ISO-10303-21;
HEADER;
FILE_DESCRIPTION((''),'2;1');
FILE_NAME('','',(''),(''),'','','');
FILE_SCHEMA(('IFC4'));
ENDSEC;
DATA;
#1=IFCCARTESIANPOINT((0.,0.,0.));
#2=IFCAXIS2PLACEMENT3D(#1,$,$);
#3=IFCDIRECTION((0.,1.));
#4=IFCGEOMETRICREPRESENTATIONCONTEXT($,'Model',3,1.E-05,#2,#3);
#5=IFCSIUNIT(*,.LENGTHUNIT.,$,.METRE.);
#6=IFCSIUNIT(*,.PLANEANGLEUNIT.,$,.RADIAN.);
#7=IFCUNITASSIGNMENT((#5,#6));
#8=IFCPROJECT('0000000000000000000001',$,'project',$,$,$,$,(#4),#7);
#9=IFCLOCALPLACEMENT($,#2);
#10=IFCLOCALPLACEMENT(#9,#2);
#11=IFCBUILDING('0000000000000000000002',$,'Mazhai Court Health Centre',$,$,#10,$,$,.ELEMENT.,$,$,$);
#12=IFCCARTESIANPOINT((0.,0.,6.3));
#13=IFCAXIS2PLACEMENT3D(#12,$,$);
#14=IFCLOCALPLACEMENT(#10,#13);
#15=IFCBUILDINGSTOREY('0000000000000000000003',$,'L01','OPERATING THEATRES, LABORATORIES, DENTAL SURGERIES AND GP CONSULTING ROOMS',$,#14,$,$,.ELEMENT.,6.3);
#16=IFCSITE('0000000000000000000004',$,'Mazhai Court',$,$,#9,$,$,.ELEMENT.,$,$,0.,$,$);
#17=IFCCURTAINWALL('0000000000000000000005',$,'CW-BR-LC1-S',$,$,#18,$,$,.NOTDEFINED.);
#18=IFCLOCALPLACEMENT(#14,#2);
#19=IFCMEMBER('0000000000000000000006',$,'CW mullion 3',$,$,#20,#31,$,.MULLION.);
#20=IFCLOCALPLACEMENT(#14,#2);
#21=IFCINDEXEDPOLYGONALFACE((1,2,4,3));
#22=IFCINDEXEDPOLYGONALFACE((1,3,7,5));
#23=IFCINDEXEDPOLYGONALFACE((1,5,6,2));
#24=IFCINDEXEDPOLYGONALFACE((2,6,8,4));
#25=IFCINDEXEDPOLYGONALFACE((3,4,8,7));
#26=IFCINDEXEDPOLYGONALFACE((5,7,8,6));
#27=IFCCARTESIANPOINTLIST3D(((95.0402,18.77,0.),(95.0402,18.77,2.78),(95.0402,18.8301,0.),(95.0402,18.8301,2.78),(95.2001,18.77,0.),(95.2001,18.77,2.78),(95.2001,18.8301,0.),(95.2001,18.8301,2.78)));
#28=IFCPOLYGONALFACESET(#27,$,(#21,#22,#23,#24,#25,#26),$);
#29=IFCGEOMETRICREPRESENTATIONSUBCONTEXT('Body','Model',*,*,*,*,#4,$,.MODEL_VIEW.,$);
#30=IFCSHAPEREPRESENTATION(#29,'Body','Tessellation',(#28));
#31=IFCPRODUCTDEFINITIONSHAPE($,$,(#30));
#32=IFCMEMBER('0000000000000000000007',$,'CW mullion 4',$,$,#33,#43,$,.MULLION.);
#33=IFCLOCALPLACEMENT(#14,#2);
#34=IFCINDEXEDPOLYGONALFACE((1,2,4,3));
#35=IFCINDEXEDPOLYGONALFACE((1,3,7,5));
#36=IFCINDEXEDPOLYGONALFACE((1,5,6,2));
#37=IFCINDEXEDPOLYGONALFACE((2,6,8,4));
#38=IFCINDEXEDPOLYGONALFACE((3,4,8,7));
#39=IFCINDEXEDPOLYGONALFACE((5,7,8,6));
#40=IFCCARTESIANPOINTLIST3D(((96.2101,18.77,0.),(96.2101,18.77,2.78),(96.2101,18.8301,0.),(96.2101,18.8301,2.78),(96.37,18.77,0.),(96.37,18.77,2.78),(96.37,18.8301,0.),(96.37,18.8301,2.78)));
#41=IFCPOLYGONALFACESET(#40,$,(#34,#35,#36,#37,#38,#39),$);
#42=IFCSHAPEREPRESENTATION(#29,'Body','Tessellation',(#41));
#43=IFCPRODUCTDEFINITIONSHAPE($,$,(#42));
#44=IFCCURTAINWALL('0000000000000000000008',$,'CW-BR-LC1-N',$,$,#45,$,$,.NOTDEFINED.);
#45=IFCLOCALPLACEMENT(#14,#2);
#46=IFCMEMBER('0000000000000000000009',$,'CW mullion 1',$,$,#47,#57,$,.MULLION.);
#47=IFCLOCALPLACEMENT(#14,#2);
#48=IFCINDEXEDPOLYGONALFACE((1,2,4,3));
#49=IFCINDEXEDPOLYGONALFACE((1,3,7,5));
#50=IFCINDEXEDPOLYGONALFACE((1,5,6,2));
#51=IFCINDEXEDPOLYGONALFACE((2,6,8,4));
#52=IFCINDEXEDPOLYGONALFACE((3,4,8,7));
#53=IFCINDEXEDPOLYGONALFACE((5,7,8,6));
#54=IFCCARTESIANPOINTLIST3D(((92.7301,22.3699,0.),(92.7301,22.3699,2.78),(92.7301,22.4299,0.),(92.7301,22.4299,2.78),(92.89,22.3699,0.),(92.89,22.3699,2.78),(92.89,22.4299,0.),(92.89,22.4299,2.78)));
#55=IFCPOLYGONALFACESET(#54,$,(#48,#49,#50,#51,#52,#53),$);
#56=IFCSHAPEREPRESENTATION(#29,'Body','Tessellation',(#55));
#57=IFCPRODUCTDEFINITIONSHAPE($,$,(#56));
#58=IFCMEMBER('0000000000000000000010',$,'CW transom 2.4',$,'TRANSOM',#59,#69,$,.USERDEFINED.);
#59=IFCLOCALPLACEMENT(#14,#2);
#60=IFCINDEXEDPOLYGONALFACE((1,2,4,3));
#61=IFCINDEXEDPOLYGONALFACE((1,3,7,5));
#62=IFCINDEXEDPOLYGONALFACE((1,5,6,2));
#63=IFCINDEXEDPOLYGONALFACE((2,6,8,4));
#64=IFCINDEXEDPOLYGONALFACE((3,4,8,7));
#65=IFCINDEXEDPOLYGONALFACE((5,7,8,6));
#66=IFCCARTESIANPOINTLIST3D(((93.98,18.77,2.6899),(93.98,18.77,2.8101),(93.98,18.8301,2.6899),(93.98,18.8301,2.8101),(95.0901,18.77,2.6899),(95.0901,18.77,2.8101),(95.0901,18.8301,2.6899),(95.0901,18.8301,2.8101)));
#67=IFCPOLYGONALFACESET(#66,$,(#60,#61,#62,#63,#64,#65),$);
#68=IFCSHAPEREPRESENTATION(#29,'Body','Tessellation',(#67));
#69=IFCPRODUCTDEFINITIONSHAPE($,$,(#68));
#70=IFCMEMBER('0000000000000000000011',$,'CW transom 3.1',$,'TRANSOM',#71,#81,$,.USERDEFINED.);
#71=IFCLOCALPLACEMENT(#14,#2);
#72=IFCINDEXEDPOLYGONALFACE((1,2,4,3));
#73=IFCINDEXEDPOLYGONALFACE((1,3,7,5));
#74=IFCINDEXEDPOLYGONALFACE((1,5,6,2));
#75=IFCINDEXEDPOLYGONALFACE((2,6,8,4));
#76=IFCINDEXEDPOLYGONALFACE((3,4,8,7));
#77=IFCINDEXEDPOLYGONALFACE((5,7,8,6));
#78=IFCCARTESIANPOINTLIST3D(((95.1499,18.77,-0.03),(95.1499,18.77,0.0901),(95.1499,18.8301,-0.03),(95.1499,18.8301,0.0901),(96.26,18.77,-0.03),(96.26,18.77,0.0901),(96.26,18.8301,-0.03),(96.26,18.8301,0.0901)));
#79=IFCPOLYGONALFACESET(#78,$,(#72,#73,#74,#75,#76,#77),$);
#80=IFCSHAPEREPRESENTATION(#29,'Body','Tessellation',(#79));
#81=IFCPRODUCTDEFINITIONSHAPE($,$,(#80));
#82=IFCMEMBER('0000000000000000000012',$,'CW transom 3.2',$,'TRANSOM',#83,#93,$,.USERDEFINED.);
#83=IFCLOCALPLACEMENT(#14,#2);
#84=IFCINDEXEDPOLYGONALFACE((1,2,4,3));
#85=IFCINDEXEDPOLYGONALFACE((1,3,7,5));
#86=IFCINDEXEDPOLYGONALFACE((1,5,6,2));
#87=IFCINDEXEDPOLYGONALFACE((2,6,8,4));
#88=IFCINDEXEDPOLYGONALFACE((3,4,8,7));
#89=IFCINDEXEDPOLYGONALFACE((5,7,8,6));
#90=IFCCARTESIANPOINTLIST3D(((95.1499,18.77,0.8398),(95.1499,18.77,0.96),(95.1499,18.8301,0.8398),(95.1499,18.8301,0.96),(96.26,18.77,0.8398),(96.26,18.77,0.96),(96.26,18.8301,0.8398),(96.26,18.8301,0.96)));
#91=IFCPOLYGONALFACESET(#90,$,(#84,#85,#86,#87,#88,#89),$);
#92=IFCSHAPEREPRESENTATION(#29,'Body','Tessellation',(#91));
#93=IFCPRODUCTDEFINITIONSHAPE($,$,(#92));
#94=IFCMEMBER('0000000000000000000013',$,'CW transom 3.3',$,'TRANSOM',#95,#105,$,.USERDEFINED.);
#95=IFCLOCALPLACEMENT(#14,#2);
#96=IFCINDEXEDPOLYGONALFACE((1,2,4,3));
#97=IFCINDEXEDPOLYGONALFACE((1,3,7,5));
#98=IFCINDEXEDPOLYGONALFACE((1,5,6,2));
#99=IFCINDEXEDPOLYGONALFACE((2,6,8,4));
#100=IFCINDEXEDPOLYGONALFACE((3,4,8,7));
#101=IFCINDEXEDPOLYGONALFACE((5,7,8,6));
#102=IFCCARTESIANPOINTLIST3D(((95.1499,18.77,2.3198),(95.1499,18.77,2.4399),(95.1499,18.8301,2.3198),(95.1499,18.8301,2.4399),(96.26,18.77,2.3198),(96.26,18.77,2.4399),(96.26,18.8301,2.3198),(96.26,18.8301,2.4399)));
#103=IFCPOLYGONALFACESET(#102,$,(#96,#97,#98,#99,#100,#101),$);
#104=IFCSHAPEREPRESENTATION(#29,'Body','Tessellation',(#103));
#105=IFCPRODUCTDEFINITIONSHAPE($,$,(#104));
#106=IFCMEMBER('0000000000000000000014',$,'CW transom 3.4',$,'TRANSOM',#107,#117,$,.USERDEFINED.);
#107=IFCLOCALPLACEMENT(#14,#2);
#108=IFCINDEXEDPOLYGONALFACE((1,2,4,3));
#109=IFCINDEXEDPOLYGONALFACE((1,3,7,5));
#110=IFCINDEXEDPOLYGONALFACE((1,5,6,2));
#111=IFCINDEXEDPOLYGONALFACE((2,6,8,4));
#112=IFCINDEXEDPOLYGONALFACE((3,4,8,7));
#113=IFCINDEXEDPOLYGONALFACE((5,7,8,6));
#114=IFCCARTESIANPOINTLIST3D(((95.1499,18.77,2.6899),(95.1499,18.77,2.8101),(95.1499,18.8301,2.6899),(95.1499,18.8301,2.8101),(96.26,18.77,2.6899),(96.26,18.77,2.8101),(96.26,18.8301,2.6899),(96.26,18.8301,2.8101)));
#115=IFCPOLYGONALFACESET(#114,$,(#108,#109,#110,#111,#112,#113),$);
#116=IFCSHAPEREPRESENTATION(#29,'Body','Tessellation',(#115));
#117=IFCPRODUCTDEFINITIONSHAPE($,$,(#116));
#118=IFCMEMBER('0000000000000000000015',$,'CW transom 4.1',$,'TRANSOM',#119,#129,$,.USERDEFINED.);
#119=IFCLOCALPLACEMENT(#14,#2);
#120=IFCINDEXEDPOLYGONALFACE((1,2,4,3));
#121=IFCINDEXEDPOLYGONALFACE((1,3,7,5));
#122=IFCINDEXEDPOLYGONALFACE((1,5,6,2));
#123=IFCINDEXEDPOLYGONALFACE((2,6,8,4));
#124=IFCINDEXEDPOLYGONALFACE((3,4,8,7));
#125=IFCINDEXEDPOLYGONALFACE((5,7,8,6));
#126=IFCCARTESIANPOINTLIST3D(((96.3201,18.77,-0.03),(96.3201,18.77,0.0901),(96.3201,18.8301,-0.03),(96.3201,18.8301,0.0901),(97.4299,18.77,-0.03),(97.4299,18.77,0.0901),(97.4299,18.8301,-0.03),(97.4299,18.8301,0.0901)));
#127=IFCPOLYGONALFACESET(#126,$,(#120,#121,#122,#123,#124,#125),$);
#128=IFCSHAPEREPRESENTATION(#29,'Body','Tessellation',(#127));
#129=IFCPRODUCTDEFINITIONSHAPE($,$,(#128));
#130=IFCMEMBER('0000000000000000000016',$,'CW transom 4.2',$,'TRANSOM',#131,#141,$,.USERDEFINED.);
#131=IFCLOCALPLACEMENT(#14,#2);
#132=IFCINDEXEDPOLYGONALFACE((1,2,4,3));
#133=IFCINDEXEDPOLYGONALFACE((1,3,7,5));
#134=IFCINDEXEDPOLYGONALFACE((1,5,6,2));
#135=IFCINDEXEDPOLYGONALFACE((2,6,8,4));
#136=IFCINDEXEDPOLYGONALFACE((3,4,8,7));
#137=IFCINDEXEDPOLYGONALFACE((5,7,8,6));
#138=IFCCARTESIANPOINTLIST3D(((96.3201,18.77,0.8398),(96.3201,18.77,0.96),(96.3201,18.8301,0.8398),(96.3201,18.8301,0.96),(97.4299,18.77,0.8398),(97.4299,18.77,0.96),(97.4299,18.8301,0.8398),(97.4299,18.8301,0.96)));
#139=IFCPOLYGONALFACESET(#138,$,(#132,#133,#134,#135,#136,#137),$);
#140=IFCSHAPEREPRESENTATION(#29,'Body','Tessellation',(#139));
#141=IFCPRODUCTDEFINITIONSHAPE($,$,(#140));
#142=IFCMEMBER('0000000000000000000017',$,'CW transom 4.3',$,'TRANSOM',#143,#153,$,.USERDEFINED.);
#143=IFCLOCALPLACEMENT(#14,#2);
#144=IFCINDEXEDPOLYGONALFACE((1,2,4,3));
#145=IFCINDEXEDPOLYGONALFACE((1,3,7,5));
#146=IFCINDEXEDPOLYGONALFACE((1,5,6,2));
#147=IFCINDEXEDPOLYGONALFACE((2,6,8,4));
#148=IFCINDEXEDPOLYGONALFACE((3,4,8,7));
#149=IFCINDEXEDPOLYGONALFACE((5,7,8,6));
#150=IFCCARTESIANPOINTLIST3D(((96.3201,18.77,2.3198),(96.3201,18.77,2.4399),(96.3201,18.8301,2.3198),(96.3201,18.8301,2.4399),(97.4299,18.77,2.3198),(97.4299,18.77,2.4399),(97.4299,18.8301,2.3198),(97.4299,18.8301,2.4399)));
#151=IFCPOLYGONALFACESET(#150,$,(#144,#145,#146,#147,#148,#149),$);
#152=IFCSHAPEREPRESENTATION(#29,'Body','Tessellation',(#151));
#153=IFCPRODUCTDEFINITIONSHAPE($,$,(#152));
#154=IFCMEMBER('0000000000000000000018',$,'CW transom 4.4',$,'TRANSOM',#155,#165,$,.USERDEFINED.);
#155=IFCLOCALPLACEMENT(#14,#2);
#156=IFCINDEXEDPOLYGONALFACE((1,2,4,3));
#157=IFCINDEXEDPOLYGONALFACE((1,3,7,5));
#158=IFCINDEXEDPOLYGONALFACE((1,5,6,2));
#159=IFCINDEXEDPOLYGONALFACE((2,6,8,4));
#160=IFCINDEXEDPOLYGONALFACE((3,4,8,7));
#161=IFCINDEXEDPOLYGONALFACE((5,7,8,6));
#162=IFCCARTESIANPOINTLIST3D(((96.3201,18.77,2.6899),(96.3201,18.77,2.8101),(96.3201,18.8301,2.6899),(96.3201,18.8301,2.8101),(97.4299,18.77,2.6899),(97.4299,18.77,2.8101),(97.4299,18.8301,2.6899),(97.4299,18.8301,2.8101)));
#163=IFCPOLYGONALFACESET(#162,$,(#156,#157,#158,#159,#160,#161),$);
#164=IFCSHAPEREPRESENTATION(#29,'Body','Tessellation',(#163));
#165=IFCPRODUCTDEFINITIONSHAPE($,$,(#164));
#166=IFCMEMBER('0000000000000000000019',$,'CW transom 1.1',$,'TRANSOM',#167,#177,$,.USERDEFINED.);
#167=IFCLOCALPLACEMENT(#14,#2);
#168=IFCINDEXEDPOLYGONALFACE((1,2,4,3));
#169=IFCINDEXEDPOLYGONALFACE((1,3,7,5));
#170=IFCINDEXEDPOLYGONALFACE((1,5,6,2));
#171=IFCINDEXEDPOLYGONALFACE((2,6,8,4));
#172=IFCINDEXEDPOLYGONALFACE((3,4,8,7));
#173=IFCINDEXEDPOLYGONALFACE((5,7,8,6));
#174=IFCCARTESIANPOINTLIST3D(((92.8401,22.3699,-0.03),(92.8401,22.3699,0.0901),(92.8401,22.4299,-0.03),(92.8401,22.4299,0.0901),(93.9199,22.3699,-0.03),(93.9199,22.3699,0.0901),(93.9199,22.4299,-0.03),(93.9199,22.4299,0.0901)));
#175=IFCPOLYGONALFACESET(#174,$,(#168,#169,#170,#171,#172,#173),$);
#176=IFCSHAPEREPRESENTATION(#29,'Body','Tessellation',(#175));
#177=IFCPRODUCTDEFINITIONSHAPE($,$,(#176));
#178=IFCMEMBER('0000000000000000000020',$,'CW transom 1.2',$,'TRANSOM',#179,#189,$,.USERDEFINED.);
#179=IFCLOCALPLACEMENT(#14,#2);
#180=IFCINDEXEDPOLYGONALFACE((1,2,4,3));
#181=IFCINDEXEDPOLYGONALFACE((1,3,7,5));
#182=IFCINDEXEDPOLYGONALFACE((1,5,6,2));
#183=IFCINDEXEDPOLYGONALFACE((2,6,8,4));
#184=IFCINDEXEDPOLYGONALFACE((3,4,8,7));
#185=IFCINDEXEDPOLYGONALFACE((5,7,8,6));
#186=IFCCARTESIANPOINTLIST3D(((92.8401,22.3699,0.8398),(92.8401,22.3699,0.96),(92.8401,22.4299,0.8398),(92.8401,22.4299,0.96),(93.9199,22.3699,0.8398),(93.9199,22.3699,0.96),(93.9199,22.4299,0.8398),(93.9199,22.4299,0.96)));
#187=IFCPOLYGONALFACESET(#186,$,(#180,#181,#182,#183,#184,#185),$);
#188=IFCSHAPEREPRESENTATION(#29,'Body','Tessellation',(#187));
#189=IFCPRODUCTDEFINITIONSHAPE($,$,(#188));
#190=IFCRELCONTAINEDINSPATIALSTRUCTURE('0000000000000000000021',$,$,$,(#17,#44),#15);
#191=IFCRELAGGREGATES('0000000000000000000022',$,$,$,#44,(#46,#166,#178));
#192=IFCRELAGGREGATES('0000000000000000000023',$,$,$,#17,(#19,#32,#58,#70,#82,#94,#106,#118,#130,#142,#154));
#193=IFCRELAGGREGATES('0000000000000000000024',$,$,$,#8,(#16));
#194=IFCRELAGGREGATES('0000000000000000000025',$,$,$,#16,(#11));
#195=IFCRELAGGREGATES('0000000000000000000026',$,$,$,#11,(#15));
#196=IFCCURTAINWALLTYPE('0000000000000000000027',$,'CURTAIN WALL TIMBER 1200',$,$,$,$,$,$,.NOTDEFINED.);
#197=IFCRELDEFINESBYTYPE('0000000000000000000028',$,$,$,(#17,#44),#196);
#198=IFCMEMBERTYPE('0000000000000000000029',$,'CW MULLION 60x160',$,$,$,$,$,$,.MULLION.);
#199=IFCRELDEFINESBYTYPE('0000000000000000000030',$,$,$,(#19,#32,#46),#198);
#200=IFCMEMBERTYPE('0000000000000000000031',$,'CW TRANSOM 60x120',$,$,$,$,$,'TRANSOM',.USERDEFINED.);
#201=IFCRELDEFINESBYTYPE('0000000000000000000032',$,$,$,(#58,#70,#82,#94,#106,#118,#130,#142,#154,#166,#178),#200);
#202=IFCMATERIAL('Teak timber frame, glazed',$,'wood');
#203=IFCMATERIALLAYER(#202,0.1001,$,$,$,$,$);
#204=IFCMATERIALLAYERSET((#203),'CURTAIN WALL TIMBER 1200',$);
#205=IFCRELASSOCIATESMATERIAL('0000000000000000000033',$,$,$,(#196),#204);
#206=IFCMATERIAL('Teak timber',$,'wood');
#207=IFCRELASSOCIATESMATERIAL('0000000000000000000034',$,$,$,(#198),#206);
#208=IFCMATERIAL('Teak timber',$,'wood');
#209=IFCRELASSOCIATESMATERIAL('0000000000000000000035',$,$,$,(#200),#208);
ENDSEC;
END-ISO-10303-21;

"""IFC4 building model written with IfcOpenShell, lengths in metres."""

from ifc_helpers import new_model, si_unit, direction, frame, origin, origin_2d, place, context, subcontext, project, spatial, rectangle, extrude, material, layer, layer_set, material_profile, profile_set, type_object, element, aggregate, save


model = new_model("IFC4")

# Units and contexts
model_context = context("Model", 3, precision=1e-05, world=origin(), true_north=direction((0.0, 1.0)))
body_context = subcontext(model_context, "Body", "Model", "MODEL_VIEW")
ifc_project = project(units=[si_unit("LENGTHUNIT", "METRE"), si_unit("PLANEANGLEUNIT", "RADIAN")], contexts=[model_context])

# Site, building, storey
site_placement = place(None, origin())
site = spatial("IfcSite", under=ifc_project, at=site_placement, Name="Mazhai Court", CompositionType="ELEMENT", RefElevation=0.0)
building_placement = place(site_placement, origin())
building = spatial("IfcBuilding", under=site, at=building_placement, Name="Mazhai Court Health Centre", CompositionType="ELEMENT")
storey_placement = place(building_placement, frame((0.0, 0.0, 6.3)))
storey = spatial("IfcBuildingStorey", under=building, at=storey_placement, Name="L01", Description="OPERATING THEATRES, LABORATORIES, DENTAL SURGERIES AND GP CONSULTING ROOMS", CompositionType="ELEMENT", Elevation=6.3)

# Curtain wall, members
ifc_material_1 = material(Name="Teak timber frame, glazed", Category="wood")
ifc_layer_1 = layer(ifc_material_1, 0.1001)
ifc_layer_set_1 = layer_set([ifc_layer_1], Name="CURTAIN WALL TIMBER 1200")
curtain_wall_type = type_object("IfcCurtainWallType", Name="CURTAIN WALL TIMBER 1200", PredefinedType="NOTDEFINED", material=ifc_layer_set_1)
curtain_wall_1_placement = place(storey_placement, origin())
curtain_wall_1 = element("IfcCurtainWall", 1, at=curtain_wall_1_placement, inside=storey, type_object=curtain_wall_type, Name="CW-BR-LC1-S", PredefinedType="NOTDEFINED")
ifc_material_2 = material(Name="Teak timber", Category="wood")
ifc_material_profile_1 = material_profile(ifc_material_2, rectangle(XDim=0.0601, YDim=0.1599, at=origin_2d()), Name="CW MULLION 60x160")
ifc_profile_set_1 = profile_set([ifc_material_profile_1], Name="Teak timber")
member_type_1 = type_object("IfcMemberType", Name="CW MULLION 60x160", PredefinedType="MULLION", material=ifc_profile_set_1)
member_1_placement = place(storey_placement, frame((95.1201, 18.8, 0.0), z_axis=(0.0, 0.0, 1.0), x_axis=(0.0, 1.0, 0.0)))
member_1 = element("IfcMember", 2, at=member_1_placement, type_object=member_type_1, Name="CW mullion 3", PredefinedType="MULLION", context=body_context, shape_type="SweptSolid", body=[
    extrude(rectangle(XDim=0.0601, YDim=0.1599, at=origin_2d()), origin(), (0.0, 0.0, 1.0), 2.78),
])
member_2_placement = place(storey_placement, frame((96.29, 18.8, 0.0), z_axis=(0.0, 0.0, 1.0), x_axis=(0.0, 1.0, 0.0)))
member_2 = element("IfcMember", 3, at=member_2_placement, type_object=member_type_1, Name="CW mullion 4", PredefinedType="MULLION", context=body_context, shape_type="SweptSolid", body=[
    extrude(rectangle(XDim=0.0601, YDim=0.1599, at=origin_2d()), origin(), (0.0, 0.0, 1.0), 2.78),
])

# Curtain wall, member
curtain_wall_2_placement = place(storey_placement, origin())
curtain_wall_2 = element("IfcCurtainWall", 4, at=curtain_wall_2_placement, inside=storey, type_object=curtain_wall_type, Name="CW-BR-LC1-N", PredefinedType="NOTDEFINED")
member_3_placement = place(storey_placement, frame((92.8101, 22.3999, 0.0), z_axis=(0.0, 0.0, 1.0), x_axis=(0.0, 1.0, 0.0)))
member_3 = element("IfcMember", 5, at=member_3_placement, type_object=member_type_1, Name="CW mullion 1", PredefinedType="MULLION", context=body_context, shape_type="SweptSolid", body=[
    extrude(rectangle(XDim=0.0601, YDim=0.1599, at=origin_2d()), origin(), (0.0, 0.0, 1.0), 2.78),
])

# Members
ifc_material_3 = material(Name="Teak timber", Category="wood")
ifc_material_profile_2 = material_profile(ifc_material_3, rectangle(XDim=0.0601, YDim=0.1201, at=origin_2d()), Name="CW TRANSOM 60x120")
ifc_profile_set_2 = profile_set([ifc_material_profile_2], Name="Teak timber")
member_type_2 = type_object("IfcMemberType", Name="CW TRANSOM 60x120", ElementType="TRANSOM", PredefinedType="USERDEFINED", material=ifc_profile_set_2)
member_4_placement = place(storey_placement, frame((93.98, 18.8, 2.75), z_axis=(1.0, 0.0, 0.0), x_axis=(0.0, 1.0, 0.0)))
member_4 = element("IfcMember", 6, at=member_4_placement, type_object=member_type_2, Name="CW transom 2.4", ObjectType="TRANSOM", PredefinedType="USERDEFINED", context=body_context, shape_type="SweptSolid", body=[
    extrude(rectangle(XDim=0.0601, YDim=0.1201, at=origin_2d()), origin(), (0.0, 0.0, 1.0), 1.1101),
])
member_5_placement = place(storey_placement, frame((95.1499, 18.8, 0.03), z_axis=(1.0, 0.0, 0.0), x_axis=(0.0, 1.0, 0.0)))
member_5 = element("IfcMember", 7, at=member_5_placement, type_object=member_type_2, Name="CW transom 3.1", ObjectType="TRANSOM", PredefinedType="USERDEFINED", context=body_context, shape_type="SweptSolid", body=[
    extrude(rectangle(XDim=0.0601, YDim=0.1201, at=origin_2d()), origin(), (0.0, 0.0, 1.0), 1.1101),
])
member_6_placement = place(storey_placement, frame((95.1499, 18.8, 0.8999), z_axis=(1.0, 0.0, 0.0), x_axis=(0.0, 1.0, 0.0)))
member_6 = element("IfcMember", 8, at=member_6_placement, type_object=member_type_2, Name="CW transom 3.2", ObjectType="TRANSOM", PredefinedType="USERDEFINED", context=body_context, shape_type="SweptSolid", body=[
    extrude(rectangle(XDim=0.0601, YDim=0.1201, at=origin_2d()), origin(), (0.0, 0.0, 1.0), 1.1101),
])
member_7_placement = place(storey_placement, frame((95.1499, 18.8, 2.3799), z_axis=(1.0, 0.0, 0.0), x_axis=(0.0, 1.0, 0.0)))
member_7 = element("IfcMember", 9, at=member_7_placement, type_object=member_type_2, Name="CW transom 3.3", ObjectType="TRANSOM", PredefinedType="USERDEFINED", context=body_context, shape_type="SweptSolid", body=[
    extrude(rectangle(XDim=0.0601, YDim=0.1201, at=origin_2d()), origin(), (0.0, 0.0, 1.0), 1.1101),
])
member_8_placement = place(storey_placement, frame((95.1499, 18.8, 2.75), z_axis=(1.0, 0.0, 0.0), x_axis=(0.0, 1.0, 0.0)))
member_8 = element("IfcMember", 10, at=member_8_placement, type_object=member_type_2, Name="CW transom 3.4", ObjectType="TRANSOM", PredefinedType="USERDEFINED", context=body_context, shape_type="SweptSolid", body=[
    extrude(rectangle(XDim=0.0601, YDim=0.1201, at=origin_2d()), origin(), (0.0, 0.0, 1.0), 1.1101),
])
member_9_placement = place(storey_placement, frame((96.3201, 18.8, 0.03), z_axis=(1.0, 0.0, 0.0), x_axis=(0.0, 1.0, 0.0)))
member_9 = element("IfcMember", 11, at=member_9_placement, type_object=member_type_2, Name="CW transom 4.1", ObjectType="TRANSOM", PredefinedType="USERDEFINED", context=body_context, shape_type="SweptSolid", body=[
    extrude(rectangle(XDim=0.0601, YDim=0.1201, at=origin_2d()), origin(), (0.0, 0.0, 1.0), 1.1099),
])
member_10_placement = place(storey_placement, frame((96.3201, 18.8, 0.8999), z_axis=(1.0, 0.0, 0.0), x_axis=(0.0, 1.0, 0.0)))
member_10 = element("IfcMember", 12, at=member_10_placement, type_object=member_type_2, Name="CW transom 4.2", ObjectType="TRANSOM", PredefinedType="USERDEFINED", context=body_context, shape_type="SweptSolid", body=[
    extrude(rectangle(XDim=0.0601, YDim=0.1201, at=origin_2d()), origin(), (0.0, 0.0, 1.0), 1.1099),
])
member_11_placement = place(storey_placement, frame((96.3201, 18.8, 2.3799), z_axis=(1.0, 0.0, 0.0), x_axis=(0.0, 1.0, 0.0)))
member_11 = element("IfcMember", 13, at=member_11_placement, type_object=member_type_2, Name="CW transom 4.3", ObjectType="TRANSOM", PredefinedType="USERDEFINED", context=body_context, shape_type="SweptSolid", body=[
    extrude(rectangle(XDim=0.0601, YDim=0.1201, at=origin_2d()), origin(), (0.0, 0.0, 1.0), 1.1099),
])
member_12_placement = place(storey_placement, frame((96.3201, 18.8, 2.75), z_axis=(1.0, 0.0, 0.0), x_axis=(0.0, 1.0, 0.0)))
member_12 = element("IfcMember", 14, at=member_12_placement, type_object=member_type_2, Name="CW transom 4.4", ObjectType="TRANSOM", PredefinedType="USERDEFINED", context=body_context, shape_type="SweptSolid", body=[
    extrude(rectangle(XDim=0.0601, YDim=0.1201, at=origin_2d()), origin(), (0.0, 0.0, 1.0), 1.1099),
])
member_13_placement = place(storey_placement, frame((92.8401, 22.3999, 0.03), z_axis=(1.0, 0.0, 0.0), x_axis=(0.0, 1.0, 0.0)))
member_13 = element("IfcMember", 15, at=member_13_placement, type_object=member_type_2, Name="CW transom 1.1", ObjectType="TRANSOM", PredefinedType="USERDEFINED", context=body_context, shape_type="SweptSolid", body=[
    extrude(rectangle(XDim=0.0601, YDim=0.1201, at=origin_2d()), origin(), (0.0, 0.0, 1.0), 1.0798),
])
member_14_placement = place(storey_placement, frame((92.8401, 22.3999, 0.8999), z_axis=(1.0, 0.0, 0.0), x_axis=(0.0, 1.0, 0.0)))
member_14 = element("IfcMember", 16, at=member_14_placement, type_object=member_type_2, Name="CW transom 1.2", ObjectType="TRANSOM", PredefinedType="USERDEFINED", context=body_context, shape_type="SweptSolid", body=[
    extrude(rectangle(XDim=0.0601, YDim=0.1201, at=origin_2d()), origin(), (0.0, 0.0, 1.0), 1.0798),
])
aggregate(curtain_wall_2, [member_3, member_13, member_14])

aggregate(curtain_wall_1, [member_1, member_2, member_4, member_5, member_6, member_7, member_8, member_9, member_10, member_11, member_12])

save(model, "model.ifc")
